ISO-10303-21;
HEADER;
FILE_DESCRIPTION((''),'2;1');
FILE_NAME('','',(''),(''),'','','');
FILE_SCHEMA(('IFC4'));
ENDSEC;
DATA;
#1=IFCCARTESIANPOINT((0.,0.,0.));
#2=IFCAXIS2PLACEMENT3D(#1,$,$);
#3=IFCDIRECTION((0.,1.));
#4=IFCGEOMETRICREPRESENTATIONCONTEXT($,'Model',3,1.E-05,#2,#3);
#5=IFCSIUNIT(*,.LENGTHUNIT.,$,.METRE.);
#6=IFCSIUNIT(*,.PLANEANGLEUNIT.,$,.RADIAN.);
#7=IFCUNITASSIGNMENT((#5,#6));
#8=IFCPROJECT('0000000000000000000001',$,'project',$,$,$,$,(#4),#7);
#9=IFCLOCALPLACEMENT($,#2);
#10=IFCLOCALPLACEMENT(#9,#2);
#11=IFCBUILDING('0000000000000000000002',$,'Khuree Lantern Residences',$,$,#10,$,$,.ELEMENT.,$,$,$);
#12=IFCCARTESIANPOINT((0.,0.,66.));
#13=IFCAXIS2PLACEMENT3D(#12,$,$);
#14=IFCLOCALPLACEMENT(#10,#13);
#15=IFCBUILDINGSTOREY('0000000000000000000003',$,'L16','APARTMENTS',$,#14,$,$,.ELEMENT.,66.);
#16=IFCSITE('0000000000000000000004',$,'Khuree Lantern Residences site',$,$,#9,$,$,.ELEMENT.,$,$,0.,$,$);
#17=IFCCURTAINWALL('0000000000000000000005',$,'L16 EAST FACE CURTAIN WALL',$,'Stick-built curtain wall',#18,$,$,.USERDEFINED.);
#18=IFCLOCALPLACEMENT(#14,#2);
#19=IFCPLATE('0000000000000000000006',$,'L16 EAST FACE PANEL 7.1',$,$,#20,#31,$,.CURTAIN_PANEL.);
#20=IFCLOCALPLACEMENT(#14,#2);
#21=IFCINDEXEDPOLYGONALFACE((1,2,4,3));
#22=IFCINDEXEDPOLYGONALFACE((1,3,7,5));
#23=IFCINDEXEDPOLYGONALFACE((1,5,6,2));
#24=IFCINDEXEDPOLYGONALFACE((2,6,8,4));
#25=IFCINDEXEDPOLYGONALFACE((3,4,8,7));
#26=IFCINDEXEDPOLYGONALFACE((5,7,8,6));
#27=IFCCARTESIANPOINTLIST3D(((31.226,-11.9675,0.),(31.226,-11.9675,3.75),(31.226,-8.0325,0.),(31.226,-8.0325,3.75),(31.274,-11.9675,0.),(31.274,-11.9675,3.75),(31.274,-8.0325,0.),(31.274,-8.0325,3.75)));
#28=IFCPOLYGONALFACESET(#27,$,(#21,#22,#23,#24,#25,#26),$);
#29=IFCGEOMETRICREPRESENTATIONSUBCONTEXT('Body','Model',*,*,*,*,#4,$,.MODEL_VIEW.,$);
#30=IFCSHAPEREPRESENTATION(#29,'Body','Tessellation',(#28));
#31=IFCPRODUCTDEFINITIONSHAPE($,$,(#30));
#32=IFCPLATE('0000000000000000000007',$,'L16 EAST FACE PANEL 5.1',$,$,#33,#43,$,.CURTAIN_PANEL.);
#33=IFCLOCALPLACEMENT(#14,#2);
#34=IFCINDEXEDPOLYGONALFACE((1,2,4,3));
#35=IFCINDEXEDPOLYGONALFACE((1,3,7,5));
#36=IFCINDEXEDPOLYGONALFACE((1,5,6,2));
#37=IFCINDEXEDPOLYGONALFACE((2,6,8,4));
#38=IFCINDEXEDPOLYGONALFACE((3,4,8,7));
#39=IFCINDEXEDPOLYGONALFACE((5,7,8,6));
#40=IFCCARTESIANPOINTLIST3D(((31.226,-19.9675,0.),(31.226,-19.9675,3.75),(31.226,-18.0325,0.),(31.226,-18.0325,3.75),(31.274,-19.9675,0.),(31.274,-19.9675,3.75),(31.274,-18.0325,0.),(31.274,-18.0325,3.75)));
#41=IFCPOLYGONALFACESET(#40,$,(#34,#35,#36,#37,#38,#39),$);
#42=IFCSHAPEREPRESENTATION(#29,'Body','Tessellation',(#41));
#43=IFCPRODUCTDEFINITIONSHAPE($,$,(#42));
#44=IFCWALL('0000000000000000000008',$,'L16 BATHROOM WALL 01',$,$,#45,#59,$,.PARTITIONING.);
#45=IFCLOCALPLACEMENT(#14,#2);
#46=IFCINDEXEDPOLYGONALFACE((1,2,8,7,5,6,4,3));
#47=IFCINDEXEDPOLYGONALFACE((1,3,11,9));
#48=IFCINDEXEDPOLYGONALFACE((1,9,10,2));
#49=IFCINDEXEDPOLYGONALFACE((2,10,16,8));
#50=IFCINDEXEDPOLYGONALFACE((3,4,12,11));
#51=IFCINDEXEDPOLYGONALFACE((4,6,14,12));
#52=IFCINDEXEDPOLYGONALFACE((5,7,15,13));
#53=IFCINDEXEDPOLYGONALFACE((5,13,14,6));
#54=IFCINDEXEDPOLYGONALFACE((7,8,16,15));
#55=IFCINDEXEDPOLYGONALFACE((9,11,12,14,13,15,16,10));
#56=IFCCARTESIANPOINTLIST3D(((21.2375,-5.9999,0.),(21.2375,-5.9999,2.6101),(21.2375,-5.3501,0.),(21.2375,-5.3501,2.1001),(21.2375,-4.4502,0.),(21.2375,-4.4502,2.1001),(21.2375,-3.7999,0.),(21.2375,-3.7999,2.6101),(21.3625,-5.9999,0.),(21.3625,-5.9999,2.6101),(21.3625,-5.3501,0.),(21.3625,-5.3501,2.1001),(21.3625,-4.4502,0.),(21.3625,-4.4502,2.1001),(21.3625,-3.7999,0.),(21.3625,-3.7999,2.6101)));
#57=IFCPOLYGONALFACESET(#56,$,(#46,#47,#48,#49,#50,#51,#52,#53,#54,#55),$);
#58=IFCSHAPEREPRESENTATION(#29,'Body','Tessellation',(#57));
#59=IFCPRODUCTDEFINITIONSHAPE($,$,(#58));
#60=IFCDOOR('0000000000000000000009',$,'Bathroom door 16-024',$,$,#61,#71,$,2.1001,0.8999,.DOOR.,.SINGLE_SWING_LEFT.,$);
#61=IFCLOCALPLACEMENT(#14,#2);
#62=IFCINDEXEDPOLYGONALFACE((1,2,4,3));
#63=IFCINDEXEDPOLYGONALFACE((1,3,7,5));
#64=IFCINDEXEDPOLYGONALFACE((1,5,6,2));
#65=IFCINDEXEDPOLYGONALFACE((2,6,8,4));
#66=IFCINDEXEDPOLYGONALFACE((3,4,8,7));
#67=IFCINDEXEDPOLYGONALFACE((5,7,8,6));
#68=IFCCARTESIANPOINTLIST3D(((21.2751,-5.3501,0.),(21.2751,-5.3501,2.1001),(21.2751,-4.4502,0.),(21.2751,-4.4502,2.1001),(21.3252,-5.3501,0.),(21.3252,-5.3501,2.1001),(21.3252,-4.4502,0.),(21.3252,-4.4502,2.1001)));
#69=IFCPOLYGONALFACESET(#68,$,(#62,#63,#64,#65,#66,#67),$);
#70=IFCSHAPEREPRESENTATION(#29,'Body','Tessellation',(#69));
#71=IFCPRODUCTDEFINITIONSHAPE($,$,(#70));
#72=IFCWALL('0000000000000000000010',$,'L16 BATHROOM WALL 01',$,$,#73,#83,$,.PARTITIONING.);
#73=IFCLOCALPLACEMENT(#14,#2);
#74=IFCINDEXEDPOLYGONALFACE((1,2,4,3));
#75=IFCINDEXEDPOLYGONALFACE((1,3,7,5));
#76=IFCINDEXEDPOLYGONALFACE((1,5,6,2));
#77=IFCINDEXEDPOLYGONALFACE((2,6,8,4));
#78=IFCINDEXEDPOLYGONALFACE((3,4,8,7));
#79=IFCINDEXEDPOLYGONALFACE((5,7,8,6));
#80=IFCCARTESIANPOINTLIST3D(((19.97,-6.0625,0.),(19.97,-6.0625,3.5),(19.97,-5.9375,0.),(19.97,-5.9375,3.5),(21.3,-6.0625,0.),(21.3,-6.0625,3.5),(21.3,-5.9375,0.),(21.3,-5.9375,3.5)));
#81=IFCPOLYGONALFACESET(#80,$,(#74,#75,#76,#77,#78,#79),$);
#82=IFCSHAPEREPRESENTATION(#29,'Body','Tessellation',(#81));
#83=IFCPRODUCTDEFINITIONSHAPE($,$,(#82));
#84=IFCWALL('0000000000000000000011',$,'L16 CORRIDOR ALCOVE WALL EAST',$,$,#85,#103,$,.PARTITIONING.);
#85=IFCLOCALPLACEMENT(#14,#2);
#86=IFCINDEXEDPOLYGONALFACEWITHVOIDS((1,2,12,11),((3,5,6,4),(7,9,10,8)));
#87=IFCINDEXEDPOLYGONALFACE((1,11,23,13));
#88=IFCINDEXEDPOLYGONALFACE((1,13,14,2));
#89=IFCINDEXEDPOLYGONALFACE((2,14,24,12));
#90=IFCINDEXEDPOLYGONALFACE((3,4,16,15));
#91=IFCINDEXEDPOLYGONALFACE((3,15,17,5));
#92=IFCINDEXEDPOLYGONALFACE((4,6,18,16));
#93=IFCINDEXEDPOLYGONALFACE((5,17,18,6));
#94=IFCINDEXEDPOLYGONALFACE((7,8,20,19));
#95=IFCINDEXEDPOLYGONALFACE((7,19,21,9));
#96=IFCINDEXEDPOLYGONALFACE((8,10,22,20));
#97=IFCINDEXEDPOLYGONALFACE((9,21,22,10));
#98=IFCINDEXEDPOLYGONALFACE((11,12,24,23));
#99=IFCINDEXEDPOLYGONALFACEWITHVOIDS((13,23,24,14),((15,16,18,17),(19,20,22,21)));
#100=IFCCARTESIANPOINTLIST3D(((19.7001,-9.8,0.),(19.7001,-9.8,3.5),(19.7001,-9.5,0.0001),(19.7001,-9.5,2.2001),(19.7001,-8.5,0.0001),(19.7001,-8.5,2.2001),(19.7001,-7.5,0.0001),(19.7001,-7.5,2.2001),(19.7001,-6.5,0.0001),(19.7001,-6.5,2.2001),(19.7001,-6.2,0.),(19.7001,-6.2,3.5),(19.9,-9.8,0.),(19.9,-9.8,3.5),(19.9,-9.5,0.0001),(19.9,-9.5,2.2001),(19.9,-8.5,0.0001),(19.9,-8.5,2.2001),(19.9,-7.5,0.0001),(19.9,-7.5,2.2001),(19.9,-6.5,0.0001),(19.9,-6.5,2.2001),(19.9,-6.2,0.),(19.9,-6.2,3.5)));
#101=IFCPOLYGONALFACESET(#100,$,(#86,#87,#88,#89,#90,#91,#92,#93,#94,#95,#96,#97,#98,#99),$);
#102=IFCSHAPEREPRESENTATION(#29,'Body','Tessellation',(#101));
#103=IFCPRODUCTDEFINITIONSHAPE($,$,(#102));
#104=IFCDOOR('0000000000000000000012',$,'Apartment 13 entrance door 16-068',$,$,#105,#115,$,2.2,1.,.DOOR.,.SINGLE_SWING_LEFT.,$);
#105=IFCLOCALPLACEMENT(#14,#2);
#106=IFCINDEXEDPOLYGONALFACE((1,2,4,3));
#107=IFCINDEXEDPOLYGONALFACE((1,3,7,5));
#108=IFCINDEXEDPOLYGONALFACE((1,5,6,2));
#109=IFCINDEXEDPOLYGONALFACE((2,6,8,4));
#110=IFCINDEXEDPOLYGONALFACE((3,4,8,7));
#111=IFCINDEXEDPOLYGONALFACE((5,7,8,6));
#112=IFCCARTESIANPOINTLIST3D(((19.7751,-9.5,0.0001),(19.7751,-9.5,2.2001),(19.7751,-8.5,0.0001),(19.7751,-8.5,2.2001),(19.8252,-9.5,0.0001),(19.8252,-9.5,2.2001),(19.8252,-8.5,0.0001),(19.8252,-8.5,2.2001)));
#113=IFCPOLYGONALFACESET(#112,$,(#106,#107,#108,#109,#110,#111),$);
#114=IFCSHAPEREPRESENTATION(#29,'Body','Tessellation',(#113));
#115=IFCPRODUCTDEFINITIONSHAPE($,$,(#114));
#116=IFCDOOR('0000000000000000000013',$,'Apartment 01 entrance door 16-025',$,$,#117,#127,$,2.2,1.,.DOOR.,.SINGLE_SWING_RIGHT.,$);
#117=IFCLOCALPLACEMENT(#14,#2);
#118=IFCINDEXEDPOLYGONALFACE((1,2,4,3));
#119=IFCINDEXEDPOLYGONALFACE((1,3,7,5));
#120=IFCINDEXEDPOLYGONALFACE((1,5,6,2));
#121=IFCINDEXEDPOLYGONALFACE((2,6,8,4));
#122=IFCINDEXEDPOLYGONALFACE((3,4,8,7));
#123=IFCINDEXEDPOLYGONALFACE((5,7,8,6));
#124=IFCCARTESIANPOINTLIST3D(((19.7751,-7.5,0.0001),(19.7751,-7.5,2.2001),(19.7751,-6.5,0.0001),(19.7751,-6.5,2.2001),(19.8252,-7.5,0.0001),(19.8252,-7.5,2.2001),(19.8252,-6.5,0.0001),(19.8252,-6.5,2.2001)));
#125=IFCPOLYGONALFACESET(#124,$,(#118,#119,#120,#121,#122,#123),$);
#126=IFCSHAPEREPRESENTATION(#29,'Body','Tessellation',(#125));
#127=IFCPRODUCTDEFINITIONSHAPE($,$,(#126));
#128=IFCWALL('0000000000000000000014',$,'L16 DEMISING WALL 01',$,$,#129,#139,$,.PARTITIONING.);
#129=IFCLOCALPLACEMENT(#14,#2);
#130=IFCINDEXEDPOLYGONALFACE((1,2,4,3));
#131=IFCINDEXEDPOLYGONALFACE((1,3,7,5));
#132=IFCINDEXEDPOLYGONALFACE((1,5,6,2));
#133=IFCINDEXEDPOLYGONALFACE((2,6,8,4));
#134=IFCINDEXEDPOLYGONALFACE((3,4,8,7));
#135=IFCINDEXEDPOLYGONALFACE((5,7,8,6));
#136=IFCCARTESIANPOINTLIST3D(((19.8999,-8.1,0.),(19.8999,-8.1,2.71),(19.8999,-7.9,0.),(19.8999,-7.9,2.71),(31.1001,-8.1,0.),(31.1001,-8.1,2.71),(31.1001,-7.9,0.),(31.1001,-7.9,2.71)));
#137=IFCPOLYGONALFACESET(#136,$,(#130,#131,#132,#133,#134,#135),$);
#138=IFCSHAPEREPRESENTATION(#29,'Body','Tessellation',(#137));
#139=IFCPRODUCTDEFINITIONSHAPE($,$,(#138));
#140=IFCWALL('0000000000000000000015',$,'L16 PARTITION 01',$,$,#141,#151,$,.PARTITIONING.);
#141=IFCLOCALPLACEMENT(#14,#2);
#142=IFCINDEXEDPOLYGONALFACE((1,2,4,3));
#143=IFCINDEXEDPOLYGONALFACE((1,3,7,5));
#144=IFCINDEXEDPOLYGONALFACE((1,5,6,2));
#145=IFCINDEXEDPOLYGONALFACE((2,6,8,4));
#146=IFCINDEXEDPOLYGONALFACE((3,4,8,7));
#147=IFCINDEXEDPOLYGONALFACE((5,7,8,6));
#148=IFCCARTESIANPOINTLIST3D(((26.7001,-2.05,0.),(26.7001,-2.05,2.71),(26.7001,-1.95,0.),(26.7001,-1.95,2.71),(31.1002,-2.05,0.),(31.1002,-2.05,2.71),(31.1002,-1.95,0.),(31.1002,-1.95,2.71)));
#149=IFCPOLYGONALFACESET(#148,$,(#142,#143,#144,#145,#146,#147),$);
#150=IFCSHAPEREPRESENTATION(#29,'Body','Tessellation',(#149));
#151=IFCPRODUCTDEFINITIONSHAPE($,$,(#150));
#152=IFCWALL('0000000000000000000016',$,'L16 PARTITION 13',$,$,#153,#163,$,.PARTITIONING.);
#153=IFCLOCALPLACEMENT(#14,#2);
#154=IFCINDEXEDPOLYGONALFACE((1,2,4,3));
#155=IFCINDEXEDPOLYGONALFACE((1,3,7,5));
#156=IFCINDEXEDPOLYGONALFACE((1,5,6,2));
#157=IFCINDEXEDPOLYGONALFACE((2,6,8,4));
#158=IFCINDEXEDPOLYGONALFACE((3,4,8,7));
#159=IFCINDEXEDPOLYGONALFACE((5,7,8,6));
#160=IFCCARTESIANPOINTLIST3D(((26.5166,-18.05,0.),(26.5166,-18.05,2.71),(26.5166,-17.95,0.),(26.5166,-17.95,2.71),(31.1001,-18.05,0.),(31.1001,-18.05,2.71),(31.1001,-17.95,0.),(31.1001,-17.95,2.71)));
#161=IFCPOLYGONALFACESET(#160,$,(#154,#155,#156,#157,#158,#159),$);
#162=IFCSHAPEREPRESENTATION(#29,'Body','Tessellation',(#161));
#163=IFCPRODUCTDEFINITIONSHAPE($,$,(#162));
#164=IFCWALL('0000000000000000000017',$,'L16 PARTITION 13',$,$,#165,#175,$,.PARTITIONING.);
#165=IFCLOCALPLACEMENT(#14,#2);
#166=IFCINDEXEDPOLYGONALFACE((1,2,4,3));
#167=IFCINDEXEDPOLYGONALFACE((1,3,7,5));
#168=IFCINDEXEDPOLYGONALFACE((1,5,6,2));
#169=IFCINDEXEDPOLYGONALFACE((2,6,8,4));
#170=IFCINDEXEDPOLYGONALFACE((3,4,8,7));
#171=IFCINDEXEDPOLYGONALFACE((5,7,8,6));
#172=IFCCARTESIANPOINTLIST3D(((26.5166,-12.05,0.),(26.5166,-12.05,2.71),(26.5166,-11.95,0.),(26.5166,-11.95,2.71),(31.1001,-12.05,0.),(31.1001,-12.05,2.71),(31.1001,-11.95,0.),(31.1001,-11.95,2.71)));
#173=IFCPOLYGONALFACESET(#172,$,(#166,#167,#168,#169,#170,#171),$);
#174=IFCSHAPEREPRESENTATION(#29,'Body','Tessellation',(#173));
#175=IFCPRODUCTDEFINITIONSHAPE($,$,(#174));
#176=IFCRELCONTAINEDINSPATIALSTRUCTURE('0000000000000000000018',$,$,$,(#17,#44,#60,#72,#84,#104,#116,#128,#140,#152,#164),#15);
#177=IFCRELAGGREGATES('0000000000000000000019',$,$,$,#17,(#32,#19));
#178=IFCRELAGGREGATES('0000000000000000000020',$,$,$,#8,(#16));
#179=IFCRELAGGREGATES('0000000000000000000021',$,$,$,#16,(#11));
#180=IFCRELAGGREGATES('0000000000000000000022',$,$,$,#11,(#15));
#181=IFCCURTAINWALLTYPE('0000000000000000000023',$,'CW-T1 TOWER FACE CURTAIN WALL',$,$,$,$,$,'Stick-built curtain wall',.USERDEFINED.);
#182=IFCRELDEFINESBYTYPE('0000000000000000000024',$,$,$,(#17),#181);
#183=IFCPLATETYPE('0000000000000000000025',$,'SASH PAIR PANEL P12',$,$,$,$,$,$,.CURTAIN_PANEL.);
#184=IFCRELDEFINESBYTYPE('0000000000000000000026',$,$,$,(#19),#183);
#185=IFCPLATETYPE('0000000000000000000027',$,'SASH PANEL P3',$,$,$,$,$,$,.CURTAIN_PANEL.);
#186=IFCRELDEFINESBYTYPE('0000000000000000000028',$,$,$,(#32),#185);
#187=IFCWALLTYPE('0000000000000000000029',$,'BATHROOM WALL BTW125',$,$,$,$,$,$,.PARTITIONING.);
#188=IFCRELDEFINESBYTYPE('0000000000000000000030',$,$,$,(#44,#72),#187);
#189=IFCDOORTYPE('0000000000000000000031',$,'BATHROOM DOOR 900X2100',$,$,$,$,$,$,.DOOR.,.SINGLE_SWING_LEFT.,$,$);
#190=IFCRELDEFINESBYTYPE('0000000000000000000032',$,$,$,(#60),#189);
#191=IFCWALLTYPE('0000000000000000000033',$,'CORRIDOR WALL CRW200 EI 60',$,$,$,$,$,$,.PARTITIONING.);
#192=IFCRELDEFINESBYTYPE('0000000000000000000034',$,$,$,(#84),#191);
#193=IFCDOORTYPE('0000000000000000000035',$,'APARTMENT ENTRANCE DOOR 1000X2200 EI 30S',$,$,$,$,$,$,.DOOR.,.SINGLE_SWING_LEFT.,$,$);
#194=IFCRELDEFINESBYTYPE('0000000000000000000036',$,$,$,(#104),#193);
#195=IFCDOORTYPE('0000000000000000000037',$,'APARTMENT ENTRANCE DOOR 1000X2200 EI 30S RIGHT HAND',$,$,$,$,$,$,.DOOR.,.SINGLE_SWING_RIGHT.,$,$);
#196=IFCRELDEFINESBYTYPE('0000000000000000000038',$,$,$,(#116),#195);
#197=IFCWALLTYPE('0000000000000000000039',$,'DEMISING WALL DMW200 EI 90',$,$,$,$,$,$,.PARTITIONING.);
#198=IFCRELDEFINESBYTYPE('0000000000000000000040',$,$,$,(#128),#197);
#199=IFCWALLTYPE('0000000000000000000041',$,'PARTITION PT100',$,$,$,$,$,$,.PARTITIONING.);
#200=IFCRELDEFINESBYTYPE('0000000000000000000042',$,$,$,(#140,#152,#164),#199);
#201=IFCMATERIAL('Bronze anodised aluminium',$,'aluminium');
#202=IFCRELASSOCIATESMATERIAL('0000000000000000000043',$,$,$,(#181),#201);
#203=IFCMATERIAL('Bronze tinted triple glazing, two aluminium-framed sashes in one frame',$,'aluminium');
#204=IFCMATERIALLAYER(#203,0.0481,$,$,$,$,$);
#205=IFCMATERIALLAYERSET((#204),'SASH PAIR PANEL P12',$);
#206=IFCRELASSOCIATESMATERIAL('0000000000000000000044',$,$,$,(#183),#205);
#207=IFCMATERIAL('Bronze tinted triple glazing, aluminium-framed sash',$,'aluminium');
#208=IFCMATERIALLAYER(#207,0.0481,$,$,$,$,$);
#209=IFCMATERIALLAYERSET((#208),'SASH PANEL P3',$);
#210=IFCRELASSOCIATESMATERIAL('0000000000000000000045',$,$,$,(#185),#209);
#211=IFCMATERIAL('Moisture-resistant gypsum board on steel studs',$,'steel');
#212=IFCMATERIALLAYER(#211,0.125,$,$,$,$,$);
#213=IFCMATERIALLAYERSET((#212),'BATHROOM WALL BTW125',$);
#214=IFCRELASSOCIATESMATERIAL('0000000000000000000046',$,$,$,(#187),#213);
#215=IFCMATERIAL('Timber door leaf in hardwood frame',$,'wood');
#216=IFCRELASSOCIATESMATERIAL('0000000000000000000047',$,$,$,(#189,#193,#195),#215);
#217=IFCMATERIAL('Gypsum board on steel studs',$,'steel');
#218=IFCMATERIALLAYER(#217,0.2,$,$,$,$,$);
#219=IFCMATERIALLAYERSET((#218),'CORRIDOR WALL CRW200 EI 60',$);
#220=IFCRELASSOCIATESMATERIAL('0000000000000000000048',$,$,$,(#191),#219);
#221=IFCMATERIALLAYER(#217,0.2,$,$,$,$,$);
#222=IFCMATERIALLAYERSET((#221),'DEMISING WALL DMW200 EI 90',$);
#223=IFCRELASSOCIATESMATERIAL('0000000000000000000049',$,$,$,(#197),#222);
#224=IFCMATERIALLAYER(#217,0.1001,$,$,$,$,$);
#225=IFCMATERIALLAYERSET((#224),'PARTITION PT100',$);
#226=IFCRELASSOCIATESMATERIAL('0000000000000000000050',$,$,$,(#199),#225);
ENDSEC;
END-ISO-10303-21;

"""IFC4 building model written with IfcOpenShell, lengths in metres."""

from ifc_helpers import new_model, si_unit, direction, frame, frame_2d, origin, origin_2d, place, context, subcontext, project, spatial, rectangle, extrude, material, layer, layer_set, type_object, element, fill, aggregate, save


model = new_model("IFC4")

# Units and contexts
model_context = context("Model", 3, precision=1e-05, world=origin(), true_north=direction((0.0, 1.0)))
body_context = subcontext(model_context, "Body", "Model", "MODEL_VIEW")
ifc_project = project(units=[si_unit("LENGTHUNIT", "METRE"), si_unit("PLANEANGLEUNIT", "RADIAN")], contexts=[model_context])

# Site, building, storey
site_placement = place(None, origin())
site = spatial("IfcSite", under=ifc_project, at=site_placement, Name="Khuree Lantern Residences site", CompositionType="ELEMENT", RefElevation=0.0)
building_placement = place(site_placement, origin())
building = spatial("IfcBuilding", under=site, at=building_placement, Name="Khuree Lantern Residences", CompositionType="ELEMENT")
storey_placement = place(building_placement, frame((0.0, 0.0, 66.0)))
storey = spatial("IfcBuildingStorey", under=building, at=storey_placement, Name="L16", Description="APARTMENTS", CompositionType="ELEMENT", Elevation=66.0)

# Curtain wall
ifc_material_1 = material(Name="Bronze anodised aluminium", Category="aluminium")
curtain_wall_type = type_object("IfcCurtainWallType", Name="CW-T1 TOWER FACE CURTAIN WALL", ElementType="Stick-built curtain wall", PredefinedType="USERDEFINED", material=ifc_material_1)
curtain_wall_placement = place(storey_placement, origin())
curtain_wall = element("IfcCurtainWall", 1, at=curtain_wall_placement, inside=storey, type_object=curtain_wall_type, Name="L16 EAST FACE CURTAIN WALL", ObjectType="Stick-built curtain wall", PredefinedType="USERDEFINED")

# Plates
ifc_material_2 = material(Name="Bronze tinted triple glazing, two aluminium-framed sashes in one frame", Category="aluminium")
ifc_layer_1 = layer(ifc_material_2, 0.0481)
ifc_layer_set_1 = layer_set([ifc_layer_1], Name="SASH PAIR PANEL P12")
plate_type_1 = type_object("IfcPlateType", Name="SASH PAIR PANEL P12", PredefinedType="CURTAIN_PANEL", material=ifc_layer_set_1)
plate_1_placement = place(storey_placement, frame((31.25, -10.0, 0.0), z_axis=(0.0, 0.0, 1.0), x_axis=(0.0, 1.0, 0.0)))
plate_1 = element("IfcPlate", 2, at=plate_1_placement, type_object=plate_type_1, Name="L16 EAST FACE PANEL 7.1", PredefinedType="CURTAIN_PANEL", context=body_context, shape_type="SweptSolid", body=[
    extrude(rectangle(XDim=3.9351, YDim=0.0481, at=origin_2d()), origin(), (0.0, 0.0, 1.0), 3.75),
])
ifc_material_3 = material(Name="Bronze tinted triple glazing, aluminium-framed sash", Category="aluminium")
ifc_layer_2 = layer(ifc_material_3, 0.0481)
ifc_layer_set_2 = layer_set([ifc_layer_2], Name="SASH PANEL P3")
plate_type_2 = type_object("IfcPlateType", Name="SASH PANEL P3", PredefinedType="CURTAIN_PANEL", material=ifc_layer_set_2)
plate_2_placement = place(storey_placement, frame((31.25, -19.0, 0.0), z_axis=(0.0, 0.0, 1.0), x_axis=(0.0, 1.0, 0.0)))
plate_2 = element("IfcPlate", 3, at=plate_2_placement, type_object=plate_type_2, Name="L16 EAST FACE PANEL 5.1", PredefinedType="CURTAIN_PANEL", context=body_context, shape_type="SweptSolid", body=[
    extrude(rectangle(XDim=1.9351, YDim=0.0481, at=origin_2d()), origin(), (0.0, 0.0, 1.0), 3.75),
])
aggregate(curtain_wall, [plate_2, plate_1])

# Wall, opening, door
ifc_material_4 = material(Name="Moisture-resistant gypsum board on steel studs", Category="steel")
ifc_layer_3 = layer(ifc_material_4, 0.125)
ifc_layer_set_3 = layer_set([ifc_layer_3], Name="BATHROOM WALL BTW125")
wall_type_1 = type_object("IfcWallType", Name="BATHROOM WALL BTW125", PredefinedType="PARTITIONING", material=ifc_layer_set_3)
wall_1_placement = place(storey_placement, frame((21.3, -6.0, 0.0), z_axis=(0.0, 0.0, 1.0), x_axis=(0.0, 1.0, 0.0)))
wall_1 = element("IfcWall", 4, at=wall_1_placement, inside=storey, type_object=wall_type_1, Name="L16 BATHROOM WALL 01", PredefinedType="PARTITIONING", context=body_context, shape_type="SweptSolid", body=[
    extrude(rectangle(XDim=2.2, YDim=0.125, at=frame_2d((1.1001, 0.0))), origin(), (0.0, 0.0, 1.0), 2.6101),
])
opening_1_placement = place(wall_1_placement, frame((0.6499, 0.0, 0.0)))
opening_1 = element("IfcOpeningElement", 5, at=opening_1_placement, cuts=wall_1, PredefinedType="OPENING", context=body_context, shape_type="SweptSolid", body=[
    extrude(rectangle(XDim=0.8999, YDim=2.1001, at=frame_2d((0.45, 1.05))), frame((0.0, 0.0725, 0.0), z_axis=(0.0, -1.0, 0.0), x_axis=(1.0, 0.0, 0.0)), (0.0, 0.0, 1.0), 0.145),
])
ifc_material_5 = material(Name="Timber door leaf in hardwood frame", Category="wood")
door_type_1 = type_object("IfcDoorType", Name="BATHROOM DOOR 900X2100", OperationType="SINGLE_SWING_LEFT", PredefinedType="DOOR", material=ifc_material_5)
door_1_placement = place(opening_1_placement, origin())
door_1 = element("IfcDoor", 6, at=door_1_placement, inside=storey, type_object=door_type_1, Name="Bathroom door 16-024", OperationType="SINGLE_SWING_LEFT", OverallHeight=2.1001, OverallWidth=0.8999, PredefinedType="DOOR", context=body_context, shape_type="SweptSolid", body=[
    extrude(rectangle(XDim=0.8999, YDim=2.1001, at=frame_2d((0.45, 1.05))), frame((0.0, 0.0249, 0.0), z_axis=(0.0, -1.0, 0.0), x_axis=(1.0, 0.0, 0.0)), (0.0, 0.0, 1.0), 0.05),
])
fill(opening_1, door_1)

# Wall
wall_2_placement = place(storey_placement, frame((19.97, -6.0, 0.0), z_axis=(0.0, 0.0, 1.0), x_axis=(1.0, 0.0, 0.0)))
element("IfcWall", 7, at=wall_2_placement, inside=storey, type_object=wall_type_1, Name="L16 BATHROOM WALL 01", PredefinedType="PARTITIONING", context=body_context, shape_type="SweptSolid", body=[
    extrude(rectangle(XDim=1.3301, YDim=0.125, at=frame_2d((0.665, 0.0))), origin(), (0.0, 0.0, 1.0), 3.5),
])

# Wall, openings, doors
ifc_material_6 = material(Name="Gypsum board on steel studs", Category="steel")
ifc_layer_4 = layer(ifc_material_6, 0.2)
ifc_layer_set_4 = layer_set([ifc_layer_4], Name="CORRIDOR WALL CRW200 EI 60")
wall_type_2 = type_object("IfcWallType", Name="CORRIDOR WALL CRW200 EI 60", PredefinedType="PARTITIONING", material=ifc_layer_set_4)
wall_3_placement = place(storey_placement, frame((19.8, -9.8, 0.0), z_axis=(0.0, 0.0, 1.0), x_axis=(0.0, 1.0, 0.0)))
wall_3 = element("IfcWall", 8, at=wall_3_placement, inside=storey, type_object=wall_type_2, Name="L16 CORRIDOR ALCOVE WALL EAST", PredefinedType="PARTITIONING", context=body_context, shape_type="SweptSolid", body=[
    extrude(rectangle(XDim=3.6001, YDim=0.2, at=frame_2d((1.8, 0.0))), origin(), (0.0, 0.0, 1.0), 3.5),
])
opening_2_placement = place(wall_3_placement, frame((2.3, 0.0, 0.0)))
opening_2 = element("IfcOpeningElement", 9, at=opening_2_placement, cuts=wall_3, PredefinedType="OPENING", context=body_context, shape_type="SweptSolid", body=[
    extrude(rectangle(XDim=1.0, YDim=2.2, at=frame_2d((0.5, 1.1001))), frame((0.0, 0.1099, 0.0), z_axis=(0.0, -1.0, 0.0), x_axis=(1.0, 0.0, 0.0)), (0.0, 0.0, 1.0), 0.22),
])
opening_3_placement = place(wall_3_placement, frame((0.3, 0.0, 0.0)))
opening_3 = element("IfcOpeningElement", 10, at=opening_3_placement, cuts=wall_3, PredefinedType="OPENING", context=body_context, shape_type="SweptSolid", body=[
    extrude(rectangle(XDim=1.0, YDim=2.2, at=frame_2d((0.5, 1.1001))), frame((0.0, 0.1099, 0.0), z_axis=(0.0, -1.0, 0.0), x_axis=(1.0, 0.0, 0.0)), (0.0, 0.0, 1.0), 0.22),
])
door_type_2 = type_object("IfcDoorType", Name="APARTMENT ENTRANCE DOOR 1000X2200 EI 30S", OperationType="SINGLE_SWING_LEFT", PredefinedType="DOOR", material=ifc_material_5)
door_2_placement = place(opening_3_placement, origin())
door_2 = element("IfcDoor", 11, at=door_2_placement, inside=storey, type_object=door_type_2, Name="Apartment 13 entrance door 16-068", OperationType="SINGLE_SWING_LEFT", OverallHeight=2.2, OverallWidth=1.0, PredefinedType="DOOR", context=body_context, shape_type="SweptSolid", body=[
    extrude(rectangle(XDim=1.0, YDim=2.2, at=frame_2d((0.5, 1.1001))), frame((0.0, 0.0249, 0.0), z_axis=(0.0, -1.0, 0.0), x_axis=(1.0, 0.0, 0.0)), (0.0, 0.0, 1.0), 0.05),
])
fill(opening_3, door_2)
door_type_3 = type_object("IfcDoorType", Name="APARTMENT ENTRANCE DOOR 1000X2200 EI 30S RIGHT HAND", OperationType="SINGLE_SWING_RIGHT", PredefinedType="DOOR", material=ifc_material_5)
door_3_placement = place(opening_2_placement, origin())
door_3 = element("IfcDoor", 12, at=door_3_placement, inside=storey, type_object=door_type_3, Name="Apartment 01 entrance door 16-025", OperationType="SINGLE_SWING_RIGHT", OverallHeight=2.2, OverallWidth=1.0, PredefinedType="DOOR", context=body_context, shape_type="SweptSolid", body=[
    extrude(rectangle(XDim=1.0, YDim=2.2, at=frame_2d((0.5, 1.1001))), frame((0.0, 0.0249, 0.0), z_axis=(0.0, -1.0, 0.0), x_axis=(1.0, 0.0, 0.0)), (0.0, 0.0, 1.0), 0.05),
])
fill(opening_2, door_3)

# Walls
ifc_layer_5 = layer(ifc_material_6, 0.2)
ifc_layer_set_5 = layer_set([ifc_layer_5], Name="DEMISING WALL DMW200 EI 90")
wall_type_3 = type_object("IfcWallType", Name="DEMISING WALL DMW200 EI 90", PredefinedType="PARTITIONING", material=ifc_layer_set_5)
wall_4_placement = place(storey_placement, frame((19.8999, -8.0, 0.0), z_axis=(0.0, 0.0, 1.0), x_axis=(1.0, 0.0, 0.0)))
element("IfcWall", 13, at=wall_4_placement, inside=storey, type_object=wall_type_3, Name="L16 DEMISING WALL 01", PredefinedType="PARTITIONING", context=body_context, shape_type="SweptSolid", body=[
    extrude(rectangle(XDim=11.2002, YDim=0.2, at=frame_2d((5.6001, 0.0))), origin(), (0.0, 0.0, 1.0), 2.71),
])
ifc_layer_6 = layer(ifc_material_6, 0.1001)
ifc_layer_set_6 = layer_set([ifc_layer_6], Name="PARTITION PT100")
wall_type_4 = type_object("IfcWallType", Name="PARTITION PT100", PredefinedType="PARTITIONING", material=ifc_layer_set_6)
wall_5_placement = place(storey_placement, frame((26.7, -2.0, 0.0), z_axis=(0.0, 0.0, 1.0), x_axis=(1.0, 0.0, 0.0)))
element("IfcWall", 14, at=wall_5_placement, inside=storey, type_object=wall_type_4, Name="L16 PARTITION 01", PredefinedType="PARTITIONING", context=body_context, shape_type="SweptSolid", body=[
    extrude(rectangle(XDim=4.4001, YDim=0.1001, at=frame_2d((2.2002, 0.0))), origin(), (0.0, 0.0, 1.0), 2.71),
])
for number, where, z_axis, x_axis, name in (
    (15, (26.5166, -18.0, 0.0), (0.0, 0.0, 1.0), (1.0, 0.0, 0.0), "L16 PARTITION 13"),
    (16, (26.5166, -12.0, 0.0), (0.0, 0.0, 1.0), (1.0, 0.0, 0.0), "L16 PARTITION 13"),
):
    element("IfcWall", number, at=place(storey_placement, frame(where, z_axis=z_axis, x_axis=x_axis)), inside=storey, type_object=wall_type_4, Name=name, PredefinedType="PARTITIONING", context=body_context, shape_type="SweptSolid", body=[
        extrude(rectangle(XDim=4.5835, YDim=0.1001, at=frame_2d((2.2917, 0.0))), origin(), (0.0, 0.0, 1.0), 2.71),
    ])

save(model, "model.ifc")
